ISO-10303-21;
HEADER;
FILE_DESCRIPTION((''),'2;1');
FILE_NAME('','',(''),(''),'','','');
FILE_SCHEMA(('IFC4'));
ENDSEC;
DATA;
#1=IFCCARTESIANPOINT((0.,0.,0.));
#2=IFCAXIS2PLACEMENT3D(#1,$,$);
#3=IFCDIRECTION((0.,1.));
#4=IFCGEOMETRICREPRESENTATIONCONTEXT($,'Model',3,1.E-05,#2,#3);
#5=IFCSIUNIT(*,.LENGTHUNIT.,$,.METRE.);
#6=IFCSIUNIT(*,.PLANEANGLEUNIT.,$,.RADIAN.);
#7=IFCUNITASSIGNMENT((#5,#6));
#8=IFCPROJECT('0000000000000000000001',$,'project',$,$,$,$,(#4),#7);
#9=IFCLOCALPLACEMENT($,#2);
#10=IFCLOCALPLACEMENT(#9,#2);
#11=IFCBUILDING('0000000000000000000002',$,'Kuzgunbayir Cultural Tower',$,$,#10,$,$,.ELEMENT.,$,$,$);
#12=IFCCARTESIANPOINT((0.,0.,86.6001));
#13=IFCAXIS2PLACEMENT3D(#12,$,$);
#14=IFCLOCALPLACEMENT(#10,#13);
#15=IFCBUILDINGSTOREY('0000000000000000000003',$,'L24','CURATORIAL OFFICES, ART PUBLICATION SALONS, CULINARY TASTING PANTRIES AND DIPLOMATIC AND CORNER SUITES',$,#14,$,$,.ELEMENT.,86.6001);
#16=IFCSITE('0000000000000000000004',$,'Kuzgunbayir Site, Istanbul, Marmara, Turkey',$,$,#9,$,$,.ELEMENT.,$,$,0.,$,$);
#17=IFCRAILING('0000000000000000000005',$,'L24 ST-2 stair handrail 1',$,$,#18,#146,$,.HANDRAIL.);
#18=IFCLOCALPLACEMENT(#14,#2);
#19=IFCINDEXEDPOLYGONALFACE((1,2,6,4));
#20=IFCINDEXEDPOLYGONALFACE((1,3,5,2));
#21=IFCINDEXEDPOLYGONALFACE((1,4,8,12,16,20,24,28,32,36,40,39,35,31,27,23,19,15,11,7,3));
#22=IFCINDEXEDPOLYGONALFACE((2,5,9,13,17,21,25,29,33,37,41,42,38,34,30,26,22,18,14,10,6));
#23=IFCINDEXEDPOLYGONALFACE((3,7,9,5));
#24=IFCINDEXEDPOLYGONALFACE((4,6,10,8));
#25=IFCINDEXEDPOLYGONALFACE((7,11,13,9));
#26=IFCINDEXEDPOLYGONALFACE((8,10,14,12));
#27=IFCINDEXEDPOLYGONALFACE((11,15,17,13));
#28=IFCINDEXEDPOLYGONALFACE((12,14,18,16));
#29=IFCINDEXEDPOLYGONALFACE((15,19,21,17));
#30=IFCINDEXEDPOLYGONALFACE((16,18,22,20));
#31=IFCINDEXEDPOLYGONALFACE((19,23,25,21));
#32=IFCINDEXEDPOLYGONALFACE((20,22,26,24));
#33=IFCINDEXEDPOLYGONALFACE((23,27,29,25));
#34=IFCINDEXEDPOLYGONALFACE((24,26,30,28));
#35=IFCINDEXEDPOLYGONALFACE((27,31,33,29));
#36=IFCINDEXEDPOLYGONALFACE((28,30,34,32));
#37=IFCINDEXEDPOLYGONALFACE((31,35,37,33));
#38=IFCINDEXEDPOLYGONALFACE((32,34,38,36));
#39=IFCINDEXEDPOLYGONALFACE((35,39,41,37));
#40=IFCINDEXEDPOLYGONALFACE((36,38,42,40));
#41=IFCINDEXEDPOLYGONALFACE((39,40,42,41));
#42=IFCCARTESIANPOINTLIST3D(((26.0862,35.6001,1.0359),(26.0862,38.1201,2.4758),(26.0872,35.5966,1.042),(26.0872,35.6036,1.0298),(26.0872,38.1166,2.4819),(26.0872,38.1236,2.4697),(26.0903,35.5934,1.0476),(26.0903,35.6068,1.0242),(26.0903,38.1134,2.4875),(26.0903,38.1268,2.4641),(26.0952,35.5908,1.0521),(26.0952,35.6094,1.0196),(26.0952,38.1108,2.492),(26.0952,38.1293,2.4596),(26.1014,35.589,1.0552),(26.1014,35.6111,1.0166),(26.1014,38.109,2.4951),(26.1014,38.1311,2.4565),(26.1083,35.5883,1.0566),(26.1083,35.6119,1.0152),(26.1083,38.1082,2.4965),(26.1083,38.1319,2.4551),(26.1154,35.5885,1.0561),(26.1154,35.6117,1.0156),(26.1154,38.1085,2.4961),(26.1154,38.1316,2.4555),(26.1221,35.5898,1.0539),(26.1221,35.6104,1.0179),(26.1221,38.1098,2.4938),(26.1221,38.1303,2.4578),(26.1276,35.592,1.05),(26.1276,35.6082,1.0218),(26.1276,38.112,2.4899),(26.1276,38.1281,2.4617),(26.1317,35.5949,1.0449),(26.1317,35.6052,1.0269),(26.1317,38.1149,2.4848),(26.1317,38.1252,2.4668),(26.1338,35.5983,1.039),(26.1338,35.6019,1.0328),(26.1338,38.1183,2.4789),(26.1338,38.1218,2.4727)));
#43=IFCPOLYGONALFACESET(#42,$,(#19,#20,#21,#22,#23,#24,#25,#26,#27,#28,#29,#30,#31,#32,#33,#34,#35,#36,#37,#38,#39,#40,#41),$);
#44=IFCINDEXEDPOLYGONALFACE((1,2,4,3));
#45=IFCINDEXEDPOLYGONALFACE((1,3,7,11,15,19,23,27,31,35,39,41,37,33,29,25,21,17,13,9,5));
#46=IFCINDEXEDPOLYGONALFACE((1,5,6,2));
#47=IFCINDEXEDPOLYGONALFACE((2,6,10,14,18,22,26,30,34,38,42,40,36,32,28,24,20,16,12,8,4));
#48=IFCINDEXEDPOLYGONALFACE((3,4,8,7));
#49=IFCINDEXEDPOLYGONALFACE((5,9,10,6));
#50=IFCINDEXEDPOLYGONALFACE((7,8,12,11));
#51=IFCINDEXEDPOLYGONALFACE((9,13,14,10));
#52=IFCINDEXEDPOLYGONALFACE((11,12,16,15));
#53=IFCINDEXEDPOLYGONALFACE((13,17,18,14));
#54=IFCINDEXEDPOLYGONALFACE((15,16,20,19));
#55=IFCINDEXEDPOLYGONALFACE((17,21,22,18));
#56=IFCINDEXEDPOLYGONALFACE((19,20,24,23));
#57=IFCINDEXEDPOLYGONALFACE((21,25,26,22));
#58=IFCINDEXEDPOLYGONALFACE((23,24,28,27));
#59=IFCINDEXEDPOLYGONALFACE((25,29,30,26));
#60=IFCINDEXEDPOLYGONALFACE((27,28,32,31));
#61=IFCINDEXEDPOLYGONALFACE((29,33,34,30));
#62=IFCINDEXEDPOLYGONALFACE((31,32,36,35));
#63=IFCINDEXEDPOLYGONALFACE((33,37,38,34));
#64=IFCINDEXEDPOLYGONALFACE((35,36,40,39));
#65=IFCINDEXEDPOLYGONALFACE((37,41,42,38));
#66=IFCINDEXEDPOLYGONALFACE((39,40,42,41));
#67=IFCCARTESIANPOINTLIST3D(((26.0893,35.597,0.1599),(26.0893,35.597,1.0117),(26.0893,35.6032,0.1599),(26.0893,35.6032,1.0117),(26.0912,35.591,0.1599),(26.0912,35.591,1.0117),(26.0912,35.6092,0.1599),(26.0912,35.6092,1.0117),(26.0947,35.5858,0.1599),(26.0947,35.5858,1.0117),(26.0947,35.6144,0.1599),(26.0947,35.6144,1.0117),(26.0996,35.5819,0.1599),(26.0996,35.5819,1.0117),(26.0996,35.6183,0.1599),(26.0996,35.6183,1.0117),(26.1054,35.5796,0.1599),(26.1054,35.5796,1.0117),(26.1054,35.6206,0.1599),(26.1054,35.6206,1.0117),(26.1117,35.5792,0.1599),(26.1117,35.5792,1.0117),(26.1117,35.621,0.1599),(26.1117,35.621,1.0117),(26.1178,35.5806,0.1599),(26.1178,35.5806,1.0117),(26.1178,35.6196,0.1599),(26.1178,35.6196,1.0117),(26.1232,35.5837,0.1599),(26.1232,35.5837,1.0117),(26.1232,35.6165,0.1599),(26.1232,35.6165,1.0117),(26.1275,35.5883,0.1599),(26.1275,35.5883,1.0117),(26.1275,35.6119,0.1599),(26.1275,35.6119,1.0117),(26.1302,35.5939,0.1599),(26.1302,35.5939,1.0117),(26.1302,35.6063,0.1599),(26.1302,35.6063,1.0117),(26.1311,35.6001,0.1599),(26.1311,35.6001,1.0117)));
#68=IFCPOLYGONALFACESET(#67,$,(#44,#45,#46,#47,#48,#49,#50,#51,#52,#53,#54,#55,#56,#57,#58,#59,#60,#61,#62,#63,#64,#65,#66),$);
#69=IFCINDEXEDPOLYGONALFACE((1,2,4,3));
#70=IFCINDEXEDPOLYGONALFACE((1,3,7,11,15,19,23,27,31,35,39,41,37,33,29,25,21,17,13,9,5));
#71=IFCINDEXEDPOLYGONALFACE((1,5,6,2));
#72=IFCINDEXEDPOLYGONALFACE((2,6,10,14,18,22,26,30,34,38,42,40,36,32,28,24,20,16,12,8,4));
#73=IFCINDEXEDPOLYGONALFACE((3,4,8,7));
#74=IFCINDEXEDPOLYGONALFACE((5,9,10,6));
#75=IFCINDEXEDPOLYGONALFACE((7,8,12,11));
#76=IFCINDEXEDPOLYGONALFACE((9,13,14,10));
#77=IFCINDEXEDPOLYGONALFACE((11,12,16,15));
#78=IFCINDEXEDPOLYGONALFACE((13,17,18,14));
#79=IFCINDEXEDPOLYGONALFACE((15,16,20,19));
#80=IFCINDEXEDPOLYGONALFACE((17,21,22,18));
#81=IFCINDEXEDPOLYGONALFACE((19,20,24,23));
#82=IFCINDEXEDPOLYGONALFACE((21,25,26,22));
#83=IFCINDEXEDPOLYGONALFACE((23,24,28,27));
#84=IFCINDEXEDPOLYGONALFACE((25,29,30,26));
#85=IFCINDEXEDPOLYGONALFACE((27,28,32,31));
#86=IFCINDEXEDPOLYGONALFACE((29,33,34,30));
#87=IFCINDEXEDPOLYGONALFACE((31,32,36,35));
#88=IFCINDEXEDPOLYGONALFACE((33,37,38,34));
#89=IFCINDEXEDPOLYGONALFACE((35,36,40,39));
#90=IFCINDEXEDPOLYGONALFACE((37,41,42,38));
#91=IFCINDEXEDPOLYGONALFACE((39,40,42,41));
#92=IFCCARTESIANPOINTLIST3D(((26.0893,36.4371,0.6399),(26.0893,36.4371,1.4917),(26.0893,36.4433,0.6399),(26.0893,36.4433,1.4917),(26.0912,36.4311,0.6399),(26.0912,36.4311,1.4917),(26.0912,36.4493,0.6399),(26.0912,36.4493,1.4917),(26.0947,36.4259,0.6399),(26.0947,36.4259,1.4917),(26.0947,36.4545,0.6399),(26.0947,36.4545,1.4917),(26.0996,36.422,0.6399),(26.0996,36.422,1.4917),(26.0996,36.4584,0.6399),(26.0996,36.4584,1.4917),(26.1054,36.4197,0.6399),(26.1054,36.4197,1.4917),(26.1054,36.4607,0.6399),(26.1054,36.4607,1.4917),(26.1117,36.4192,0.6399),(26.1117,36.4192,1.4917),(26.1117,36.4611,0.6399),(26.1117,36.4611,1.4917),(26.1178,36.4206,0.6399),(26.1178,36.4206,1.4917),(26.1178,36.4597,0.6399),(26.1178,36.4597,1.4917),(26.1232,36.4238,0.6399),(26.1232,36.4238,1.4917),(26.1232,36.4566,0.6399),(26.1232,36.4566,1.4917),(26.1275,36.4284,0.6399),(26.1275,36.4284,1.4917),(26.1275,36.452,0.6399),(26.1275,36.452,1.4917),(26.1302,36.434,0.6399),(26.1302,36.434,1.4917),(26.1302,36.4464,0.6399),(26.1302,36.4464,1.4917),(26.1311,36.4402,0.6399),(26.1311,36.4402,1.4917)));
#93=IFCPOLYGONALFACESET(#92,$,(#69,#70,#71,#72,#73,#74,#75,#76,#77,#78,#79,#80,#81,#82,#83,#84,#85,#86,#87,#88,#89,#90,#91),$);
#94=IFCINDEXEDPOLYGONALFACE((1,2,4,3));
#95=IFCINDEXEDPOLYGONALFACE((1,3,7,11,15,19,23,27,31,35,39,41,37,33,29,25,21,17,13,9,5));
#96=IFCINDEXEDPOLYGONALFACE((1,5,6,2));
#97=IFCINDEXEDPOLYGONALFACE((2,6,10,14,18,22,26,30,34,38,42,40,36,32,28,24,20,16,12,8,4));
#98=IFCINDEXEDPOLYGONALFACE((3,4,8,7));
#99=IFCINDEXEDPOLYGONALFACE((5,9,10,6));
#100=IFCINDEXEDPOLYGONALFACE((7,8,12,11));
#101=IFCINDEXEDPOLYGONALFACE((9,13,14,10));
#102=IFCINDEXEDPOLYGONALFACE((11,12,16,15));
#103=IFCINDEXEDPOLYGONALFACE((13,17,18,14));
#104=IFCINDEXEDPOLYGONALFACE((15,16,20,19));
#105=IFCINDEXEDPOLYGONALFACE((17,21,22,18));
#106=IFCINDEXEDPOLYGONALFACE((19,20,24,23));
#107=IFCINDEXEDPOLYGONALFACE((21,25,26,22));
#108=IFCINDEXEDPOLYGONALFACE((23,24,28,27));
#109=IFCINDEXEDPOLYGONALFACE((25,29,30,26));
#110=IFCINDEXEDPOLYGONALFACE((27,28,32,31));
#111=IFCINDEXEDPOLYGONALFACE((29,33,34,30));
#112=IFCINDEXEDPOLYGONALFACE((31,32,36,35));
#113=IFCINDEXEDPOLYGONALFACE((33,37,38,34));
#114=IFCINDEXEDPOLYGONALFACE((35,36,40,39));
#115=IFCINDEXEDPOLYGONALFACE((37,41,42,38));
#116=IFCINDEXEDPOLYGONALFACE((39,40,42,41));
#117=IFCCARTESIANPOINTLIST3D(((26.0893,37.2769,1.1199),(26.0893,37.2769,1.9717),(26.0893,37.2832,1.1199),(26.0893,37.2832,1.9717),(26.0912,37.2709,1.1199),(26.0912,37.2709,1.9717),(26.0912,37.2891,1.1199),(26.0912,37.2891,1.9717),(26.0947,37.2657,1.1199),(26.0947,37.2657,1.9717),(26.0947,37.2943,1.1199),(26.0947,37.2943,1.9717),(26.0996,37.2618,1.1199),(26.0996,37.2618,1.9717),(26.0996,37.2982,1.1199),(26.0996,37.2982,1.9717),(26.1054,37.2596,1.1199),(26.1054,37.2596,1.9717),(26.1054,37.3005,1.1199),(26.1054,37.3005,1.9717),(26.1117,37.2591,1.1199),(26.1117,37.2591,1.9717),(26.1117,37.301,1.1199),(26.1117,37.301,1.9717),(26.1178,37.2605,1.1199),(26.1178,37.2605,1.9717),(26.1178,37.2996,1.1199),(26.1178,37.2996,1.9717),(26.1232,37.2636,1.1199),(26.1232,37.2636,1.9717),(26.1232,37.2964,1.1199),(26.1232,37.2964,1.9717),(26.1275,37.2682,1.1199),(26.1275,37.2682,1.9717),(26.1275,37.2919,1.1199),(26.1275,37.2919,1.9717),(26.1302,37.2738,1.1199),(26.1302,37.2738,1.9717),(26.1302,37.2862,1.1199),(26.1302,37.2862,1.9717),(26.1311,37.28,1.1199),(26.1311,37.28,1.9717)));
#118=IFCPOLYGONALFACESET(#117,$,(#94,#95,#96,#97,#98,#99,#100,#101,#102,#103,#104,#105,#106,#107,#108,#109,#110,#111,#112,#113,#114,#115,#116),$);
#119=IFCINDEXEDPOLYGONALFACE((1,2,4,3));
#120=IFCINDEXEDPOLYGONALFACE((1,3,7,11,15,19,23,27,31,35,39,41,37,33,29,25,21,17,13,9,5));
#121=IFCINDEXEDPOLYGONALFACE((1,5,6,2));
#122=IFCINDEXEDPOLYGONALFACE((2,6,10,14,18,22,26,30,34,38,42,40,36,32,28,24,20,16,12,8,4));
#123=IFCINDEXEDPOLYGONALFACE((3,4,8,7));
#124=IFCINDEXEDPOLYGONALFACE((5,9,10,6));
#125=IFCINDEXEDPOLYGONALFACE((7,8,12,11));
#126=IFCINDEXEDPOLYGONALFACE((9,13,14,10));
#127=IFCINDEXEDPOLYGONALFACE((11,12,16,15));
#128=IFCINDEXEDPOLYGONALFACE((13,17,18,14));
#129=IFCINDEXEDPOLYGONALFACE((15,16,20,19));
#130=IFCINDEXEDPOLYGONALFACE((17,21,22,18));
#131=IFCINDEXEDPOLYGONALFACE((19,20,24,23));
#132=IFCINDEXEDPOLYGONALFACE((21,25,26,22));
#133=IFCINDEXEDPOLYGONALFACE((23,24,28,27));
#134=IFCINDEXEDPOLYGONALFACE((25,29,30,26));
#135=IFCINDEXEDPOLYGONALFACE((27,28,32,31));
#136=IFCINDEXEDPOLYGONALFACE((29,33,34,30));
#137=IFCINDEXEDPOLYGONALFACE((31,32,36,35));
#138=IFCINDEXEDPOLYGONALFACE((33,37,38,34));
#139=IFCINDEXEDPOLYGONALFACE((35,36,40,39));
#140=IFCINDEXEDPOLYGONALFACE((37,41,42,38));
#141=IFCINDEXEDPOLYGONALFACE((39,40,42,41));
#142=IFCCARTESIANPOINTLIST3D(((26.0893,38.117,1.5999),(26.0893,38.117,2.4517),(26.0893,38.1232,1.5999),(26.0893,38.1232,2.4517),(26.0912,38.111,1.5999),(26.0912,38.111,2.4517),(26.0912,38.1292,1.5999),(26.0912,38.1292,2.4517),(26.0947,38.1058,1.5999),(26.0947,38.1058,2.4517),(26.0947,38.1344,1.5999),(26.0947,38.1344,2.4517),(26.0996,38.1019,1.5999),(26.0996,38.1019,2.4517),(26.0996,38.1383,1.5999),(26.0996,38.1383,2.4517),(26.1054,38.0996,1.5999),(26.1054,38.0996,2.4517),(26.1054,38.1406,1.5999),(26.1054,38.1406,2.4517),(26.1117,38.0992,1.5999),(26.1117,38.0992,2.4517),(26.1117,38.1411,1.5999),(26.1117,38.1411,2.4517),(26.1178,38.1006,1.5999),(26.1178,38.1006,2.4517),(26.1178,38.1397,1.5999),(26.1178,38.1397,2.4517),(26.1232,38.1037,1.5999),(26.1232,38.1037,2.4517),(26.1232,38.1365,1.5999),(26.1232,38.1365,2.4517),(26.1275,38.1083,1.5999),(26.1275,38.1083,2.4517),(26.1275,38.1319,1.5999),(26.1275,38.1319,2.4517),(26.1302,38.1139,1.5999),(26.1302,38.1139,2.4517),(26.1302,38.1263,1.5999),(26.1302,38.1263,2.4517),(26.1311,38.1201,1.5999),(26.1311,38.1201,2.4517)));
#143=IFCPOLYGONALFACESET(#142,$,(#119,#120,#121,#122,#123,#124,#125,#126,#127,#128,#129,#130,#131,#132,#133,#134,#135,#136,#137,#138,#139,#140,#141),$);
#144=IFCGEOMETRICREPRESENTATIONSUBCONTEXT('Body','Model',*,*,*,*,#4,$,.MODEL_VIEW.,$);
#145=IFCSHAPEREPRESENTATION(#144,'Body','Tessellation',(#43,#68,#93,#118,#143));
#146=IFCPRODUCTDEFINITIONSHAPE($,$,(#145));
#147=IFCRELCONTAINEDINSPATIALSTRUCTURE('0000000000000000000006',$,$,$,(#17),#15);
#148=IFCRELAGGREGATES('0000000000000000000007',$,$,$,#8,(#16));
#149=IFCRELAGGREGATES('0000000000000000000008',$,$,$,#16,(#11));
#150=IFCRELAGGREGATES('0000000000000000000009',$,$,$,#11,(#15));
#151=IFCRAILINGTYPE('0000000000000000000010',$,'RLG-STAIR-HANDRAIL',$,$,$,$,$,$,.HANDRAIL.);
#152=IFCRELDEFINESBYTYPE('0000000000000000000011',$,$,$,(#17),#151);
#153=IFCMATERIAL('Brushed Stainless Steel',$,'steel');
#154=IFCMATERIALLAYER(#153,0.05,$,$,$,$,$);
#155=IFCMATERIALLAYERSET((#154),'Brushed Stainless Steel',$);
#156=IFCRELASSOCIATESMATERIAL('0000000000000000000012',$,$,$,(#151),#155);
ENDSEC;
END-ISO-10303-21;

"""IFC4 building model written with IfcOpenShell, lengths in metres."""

from ifc_helpers import new_model, si_unit, direction, frame, origin, origin_2d, place, context, subcontext, project, spatial, circle, extrude, material, layer, layer_set, type_object, element, save


model = new_model("IFC4")

# Units and contexts
model_context = context("Model", 3, precision=1e-05, world=origin(), true_north=direction((0.0, 1.0)))
body_context = subcontext(model_context, "Body", "Model", "MODEL_VIEW")
ifc_project = project(units=[si_unit("LENGTHUNIT", "METRE"), si_unit("PLANEANGLEUNIT", "RADIAN")], contexts=[model_context])

# Site, building, storey
site_placement = place(None, origin())
site = spatial("IfcSite", under=ifc_project, at=site_placement, Name="Kuzgunbayir Site, Istanbul, Marmara, Turkey", CompositionType="ELEMENT", RefElevation=0.0)
building_placement = place(site_placement, origin())
building = spatial("IfcBuilding", under=site, at=building_placement, Name="Kuzgunbayir Cultural Tower", CompositionType="ELEMENT")
storey_placement = place(building_placement, frame((0.0, 0.0, 86.6001)))
storey = spatial("IfcBuildingStorey", under=building, at=storey_placement, Name="L24", Description="CURATORIAL OFFICES, ART PUBLICATION SALONS, CULINARY TASTING PANTRIES AND DIPLOMATIC AND CORNER SUITES", CompositionType="ELEMENT", Elevation=86.6001)

# Railing
ifc_material_1 = material(Name="Brushed Stainless Steel", Category="steel")
ifc_layer_1 = layer(ifc_material_1, 0.05)
ifc_layer_set_1 = layer_set([ifc_layer_1], Name="Brushed Stainless Steel")
railing_type_1 = type_object("IfcRailingType", Name="RLG-STAIR-HANDRAIL", PredefinedType="HANDRAIL", material=ifc_layer_set_1)
railing_1_placement = place(storey_placement, frame((26.1101, 35.6001, 0.1599)))
element("IfcRailing", 1, at=railing_1_placement, inside=storey, type_object=railing_type_1, Name="L24 ST-2 stair handrail 1", PredefinedType="HANDRAIL", context=body_context, shape_type="SweptSolid", body=[
    extrude(circle(Radius=0.0239, at=origin_2d()), frame((0.0, 0.0, 0.876), z_axis=(0.0, 0.868253, 0.496121), x_axis=(-1.0, 0.0, 0.0)), (0.0, 0.0, 1.0), 2.9023),
    extrude(circle(Radius=0.021, at=origin_2d()), origin(), (0.0, 0.0, 1.0), 0.8518),
    extrude(circle(Radius=0.021, at=origin_2d()), frame((0.0, 0.8401, 0.48)), (0.0, 0.0, 1.0), 0.8518),
    extrude(circle(Radius=0.021, at=origin_2d()), frame((0.0, 1.6799, 0.96)), (0.0, 0.0, 1.0), 0.8518),
    extrude(circle(Radius=0.021, at=origin_2d()), frame((0.0, 2.52, 1.4399)), (0.0, 0.0, 1.0), 0.8518),
])

save(model, "model.ifc")
